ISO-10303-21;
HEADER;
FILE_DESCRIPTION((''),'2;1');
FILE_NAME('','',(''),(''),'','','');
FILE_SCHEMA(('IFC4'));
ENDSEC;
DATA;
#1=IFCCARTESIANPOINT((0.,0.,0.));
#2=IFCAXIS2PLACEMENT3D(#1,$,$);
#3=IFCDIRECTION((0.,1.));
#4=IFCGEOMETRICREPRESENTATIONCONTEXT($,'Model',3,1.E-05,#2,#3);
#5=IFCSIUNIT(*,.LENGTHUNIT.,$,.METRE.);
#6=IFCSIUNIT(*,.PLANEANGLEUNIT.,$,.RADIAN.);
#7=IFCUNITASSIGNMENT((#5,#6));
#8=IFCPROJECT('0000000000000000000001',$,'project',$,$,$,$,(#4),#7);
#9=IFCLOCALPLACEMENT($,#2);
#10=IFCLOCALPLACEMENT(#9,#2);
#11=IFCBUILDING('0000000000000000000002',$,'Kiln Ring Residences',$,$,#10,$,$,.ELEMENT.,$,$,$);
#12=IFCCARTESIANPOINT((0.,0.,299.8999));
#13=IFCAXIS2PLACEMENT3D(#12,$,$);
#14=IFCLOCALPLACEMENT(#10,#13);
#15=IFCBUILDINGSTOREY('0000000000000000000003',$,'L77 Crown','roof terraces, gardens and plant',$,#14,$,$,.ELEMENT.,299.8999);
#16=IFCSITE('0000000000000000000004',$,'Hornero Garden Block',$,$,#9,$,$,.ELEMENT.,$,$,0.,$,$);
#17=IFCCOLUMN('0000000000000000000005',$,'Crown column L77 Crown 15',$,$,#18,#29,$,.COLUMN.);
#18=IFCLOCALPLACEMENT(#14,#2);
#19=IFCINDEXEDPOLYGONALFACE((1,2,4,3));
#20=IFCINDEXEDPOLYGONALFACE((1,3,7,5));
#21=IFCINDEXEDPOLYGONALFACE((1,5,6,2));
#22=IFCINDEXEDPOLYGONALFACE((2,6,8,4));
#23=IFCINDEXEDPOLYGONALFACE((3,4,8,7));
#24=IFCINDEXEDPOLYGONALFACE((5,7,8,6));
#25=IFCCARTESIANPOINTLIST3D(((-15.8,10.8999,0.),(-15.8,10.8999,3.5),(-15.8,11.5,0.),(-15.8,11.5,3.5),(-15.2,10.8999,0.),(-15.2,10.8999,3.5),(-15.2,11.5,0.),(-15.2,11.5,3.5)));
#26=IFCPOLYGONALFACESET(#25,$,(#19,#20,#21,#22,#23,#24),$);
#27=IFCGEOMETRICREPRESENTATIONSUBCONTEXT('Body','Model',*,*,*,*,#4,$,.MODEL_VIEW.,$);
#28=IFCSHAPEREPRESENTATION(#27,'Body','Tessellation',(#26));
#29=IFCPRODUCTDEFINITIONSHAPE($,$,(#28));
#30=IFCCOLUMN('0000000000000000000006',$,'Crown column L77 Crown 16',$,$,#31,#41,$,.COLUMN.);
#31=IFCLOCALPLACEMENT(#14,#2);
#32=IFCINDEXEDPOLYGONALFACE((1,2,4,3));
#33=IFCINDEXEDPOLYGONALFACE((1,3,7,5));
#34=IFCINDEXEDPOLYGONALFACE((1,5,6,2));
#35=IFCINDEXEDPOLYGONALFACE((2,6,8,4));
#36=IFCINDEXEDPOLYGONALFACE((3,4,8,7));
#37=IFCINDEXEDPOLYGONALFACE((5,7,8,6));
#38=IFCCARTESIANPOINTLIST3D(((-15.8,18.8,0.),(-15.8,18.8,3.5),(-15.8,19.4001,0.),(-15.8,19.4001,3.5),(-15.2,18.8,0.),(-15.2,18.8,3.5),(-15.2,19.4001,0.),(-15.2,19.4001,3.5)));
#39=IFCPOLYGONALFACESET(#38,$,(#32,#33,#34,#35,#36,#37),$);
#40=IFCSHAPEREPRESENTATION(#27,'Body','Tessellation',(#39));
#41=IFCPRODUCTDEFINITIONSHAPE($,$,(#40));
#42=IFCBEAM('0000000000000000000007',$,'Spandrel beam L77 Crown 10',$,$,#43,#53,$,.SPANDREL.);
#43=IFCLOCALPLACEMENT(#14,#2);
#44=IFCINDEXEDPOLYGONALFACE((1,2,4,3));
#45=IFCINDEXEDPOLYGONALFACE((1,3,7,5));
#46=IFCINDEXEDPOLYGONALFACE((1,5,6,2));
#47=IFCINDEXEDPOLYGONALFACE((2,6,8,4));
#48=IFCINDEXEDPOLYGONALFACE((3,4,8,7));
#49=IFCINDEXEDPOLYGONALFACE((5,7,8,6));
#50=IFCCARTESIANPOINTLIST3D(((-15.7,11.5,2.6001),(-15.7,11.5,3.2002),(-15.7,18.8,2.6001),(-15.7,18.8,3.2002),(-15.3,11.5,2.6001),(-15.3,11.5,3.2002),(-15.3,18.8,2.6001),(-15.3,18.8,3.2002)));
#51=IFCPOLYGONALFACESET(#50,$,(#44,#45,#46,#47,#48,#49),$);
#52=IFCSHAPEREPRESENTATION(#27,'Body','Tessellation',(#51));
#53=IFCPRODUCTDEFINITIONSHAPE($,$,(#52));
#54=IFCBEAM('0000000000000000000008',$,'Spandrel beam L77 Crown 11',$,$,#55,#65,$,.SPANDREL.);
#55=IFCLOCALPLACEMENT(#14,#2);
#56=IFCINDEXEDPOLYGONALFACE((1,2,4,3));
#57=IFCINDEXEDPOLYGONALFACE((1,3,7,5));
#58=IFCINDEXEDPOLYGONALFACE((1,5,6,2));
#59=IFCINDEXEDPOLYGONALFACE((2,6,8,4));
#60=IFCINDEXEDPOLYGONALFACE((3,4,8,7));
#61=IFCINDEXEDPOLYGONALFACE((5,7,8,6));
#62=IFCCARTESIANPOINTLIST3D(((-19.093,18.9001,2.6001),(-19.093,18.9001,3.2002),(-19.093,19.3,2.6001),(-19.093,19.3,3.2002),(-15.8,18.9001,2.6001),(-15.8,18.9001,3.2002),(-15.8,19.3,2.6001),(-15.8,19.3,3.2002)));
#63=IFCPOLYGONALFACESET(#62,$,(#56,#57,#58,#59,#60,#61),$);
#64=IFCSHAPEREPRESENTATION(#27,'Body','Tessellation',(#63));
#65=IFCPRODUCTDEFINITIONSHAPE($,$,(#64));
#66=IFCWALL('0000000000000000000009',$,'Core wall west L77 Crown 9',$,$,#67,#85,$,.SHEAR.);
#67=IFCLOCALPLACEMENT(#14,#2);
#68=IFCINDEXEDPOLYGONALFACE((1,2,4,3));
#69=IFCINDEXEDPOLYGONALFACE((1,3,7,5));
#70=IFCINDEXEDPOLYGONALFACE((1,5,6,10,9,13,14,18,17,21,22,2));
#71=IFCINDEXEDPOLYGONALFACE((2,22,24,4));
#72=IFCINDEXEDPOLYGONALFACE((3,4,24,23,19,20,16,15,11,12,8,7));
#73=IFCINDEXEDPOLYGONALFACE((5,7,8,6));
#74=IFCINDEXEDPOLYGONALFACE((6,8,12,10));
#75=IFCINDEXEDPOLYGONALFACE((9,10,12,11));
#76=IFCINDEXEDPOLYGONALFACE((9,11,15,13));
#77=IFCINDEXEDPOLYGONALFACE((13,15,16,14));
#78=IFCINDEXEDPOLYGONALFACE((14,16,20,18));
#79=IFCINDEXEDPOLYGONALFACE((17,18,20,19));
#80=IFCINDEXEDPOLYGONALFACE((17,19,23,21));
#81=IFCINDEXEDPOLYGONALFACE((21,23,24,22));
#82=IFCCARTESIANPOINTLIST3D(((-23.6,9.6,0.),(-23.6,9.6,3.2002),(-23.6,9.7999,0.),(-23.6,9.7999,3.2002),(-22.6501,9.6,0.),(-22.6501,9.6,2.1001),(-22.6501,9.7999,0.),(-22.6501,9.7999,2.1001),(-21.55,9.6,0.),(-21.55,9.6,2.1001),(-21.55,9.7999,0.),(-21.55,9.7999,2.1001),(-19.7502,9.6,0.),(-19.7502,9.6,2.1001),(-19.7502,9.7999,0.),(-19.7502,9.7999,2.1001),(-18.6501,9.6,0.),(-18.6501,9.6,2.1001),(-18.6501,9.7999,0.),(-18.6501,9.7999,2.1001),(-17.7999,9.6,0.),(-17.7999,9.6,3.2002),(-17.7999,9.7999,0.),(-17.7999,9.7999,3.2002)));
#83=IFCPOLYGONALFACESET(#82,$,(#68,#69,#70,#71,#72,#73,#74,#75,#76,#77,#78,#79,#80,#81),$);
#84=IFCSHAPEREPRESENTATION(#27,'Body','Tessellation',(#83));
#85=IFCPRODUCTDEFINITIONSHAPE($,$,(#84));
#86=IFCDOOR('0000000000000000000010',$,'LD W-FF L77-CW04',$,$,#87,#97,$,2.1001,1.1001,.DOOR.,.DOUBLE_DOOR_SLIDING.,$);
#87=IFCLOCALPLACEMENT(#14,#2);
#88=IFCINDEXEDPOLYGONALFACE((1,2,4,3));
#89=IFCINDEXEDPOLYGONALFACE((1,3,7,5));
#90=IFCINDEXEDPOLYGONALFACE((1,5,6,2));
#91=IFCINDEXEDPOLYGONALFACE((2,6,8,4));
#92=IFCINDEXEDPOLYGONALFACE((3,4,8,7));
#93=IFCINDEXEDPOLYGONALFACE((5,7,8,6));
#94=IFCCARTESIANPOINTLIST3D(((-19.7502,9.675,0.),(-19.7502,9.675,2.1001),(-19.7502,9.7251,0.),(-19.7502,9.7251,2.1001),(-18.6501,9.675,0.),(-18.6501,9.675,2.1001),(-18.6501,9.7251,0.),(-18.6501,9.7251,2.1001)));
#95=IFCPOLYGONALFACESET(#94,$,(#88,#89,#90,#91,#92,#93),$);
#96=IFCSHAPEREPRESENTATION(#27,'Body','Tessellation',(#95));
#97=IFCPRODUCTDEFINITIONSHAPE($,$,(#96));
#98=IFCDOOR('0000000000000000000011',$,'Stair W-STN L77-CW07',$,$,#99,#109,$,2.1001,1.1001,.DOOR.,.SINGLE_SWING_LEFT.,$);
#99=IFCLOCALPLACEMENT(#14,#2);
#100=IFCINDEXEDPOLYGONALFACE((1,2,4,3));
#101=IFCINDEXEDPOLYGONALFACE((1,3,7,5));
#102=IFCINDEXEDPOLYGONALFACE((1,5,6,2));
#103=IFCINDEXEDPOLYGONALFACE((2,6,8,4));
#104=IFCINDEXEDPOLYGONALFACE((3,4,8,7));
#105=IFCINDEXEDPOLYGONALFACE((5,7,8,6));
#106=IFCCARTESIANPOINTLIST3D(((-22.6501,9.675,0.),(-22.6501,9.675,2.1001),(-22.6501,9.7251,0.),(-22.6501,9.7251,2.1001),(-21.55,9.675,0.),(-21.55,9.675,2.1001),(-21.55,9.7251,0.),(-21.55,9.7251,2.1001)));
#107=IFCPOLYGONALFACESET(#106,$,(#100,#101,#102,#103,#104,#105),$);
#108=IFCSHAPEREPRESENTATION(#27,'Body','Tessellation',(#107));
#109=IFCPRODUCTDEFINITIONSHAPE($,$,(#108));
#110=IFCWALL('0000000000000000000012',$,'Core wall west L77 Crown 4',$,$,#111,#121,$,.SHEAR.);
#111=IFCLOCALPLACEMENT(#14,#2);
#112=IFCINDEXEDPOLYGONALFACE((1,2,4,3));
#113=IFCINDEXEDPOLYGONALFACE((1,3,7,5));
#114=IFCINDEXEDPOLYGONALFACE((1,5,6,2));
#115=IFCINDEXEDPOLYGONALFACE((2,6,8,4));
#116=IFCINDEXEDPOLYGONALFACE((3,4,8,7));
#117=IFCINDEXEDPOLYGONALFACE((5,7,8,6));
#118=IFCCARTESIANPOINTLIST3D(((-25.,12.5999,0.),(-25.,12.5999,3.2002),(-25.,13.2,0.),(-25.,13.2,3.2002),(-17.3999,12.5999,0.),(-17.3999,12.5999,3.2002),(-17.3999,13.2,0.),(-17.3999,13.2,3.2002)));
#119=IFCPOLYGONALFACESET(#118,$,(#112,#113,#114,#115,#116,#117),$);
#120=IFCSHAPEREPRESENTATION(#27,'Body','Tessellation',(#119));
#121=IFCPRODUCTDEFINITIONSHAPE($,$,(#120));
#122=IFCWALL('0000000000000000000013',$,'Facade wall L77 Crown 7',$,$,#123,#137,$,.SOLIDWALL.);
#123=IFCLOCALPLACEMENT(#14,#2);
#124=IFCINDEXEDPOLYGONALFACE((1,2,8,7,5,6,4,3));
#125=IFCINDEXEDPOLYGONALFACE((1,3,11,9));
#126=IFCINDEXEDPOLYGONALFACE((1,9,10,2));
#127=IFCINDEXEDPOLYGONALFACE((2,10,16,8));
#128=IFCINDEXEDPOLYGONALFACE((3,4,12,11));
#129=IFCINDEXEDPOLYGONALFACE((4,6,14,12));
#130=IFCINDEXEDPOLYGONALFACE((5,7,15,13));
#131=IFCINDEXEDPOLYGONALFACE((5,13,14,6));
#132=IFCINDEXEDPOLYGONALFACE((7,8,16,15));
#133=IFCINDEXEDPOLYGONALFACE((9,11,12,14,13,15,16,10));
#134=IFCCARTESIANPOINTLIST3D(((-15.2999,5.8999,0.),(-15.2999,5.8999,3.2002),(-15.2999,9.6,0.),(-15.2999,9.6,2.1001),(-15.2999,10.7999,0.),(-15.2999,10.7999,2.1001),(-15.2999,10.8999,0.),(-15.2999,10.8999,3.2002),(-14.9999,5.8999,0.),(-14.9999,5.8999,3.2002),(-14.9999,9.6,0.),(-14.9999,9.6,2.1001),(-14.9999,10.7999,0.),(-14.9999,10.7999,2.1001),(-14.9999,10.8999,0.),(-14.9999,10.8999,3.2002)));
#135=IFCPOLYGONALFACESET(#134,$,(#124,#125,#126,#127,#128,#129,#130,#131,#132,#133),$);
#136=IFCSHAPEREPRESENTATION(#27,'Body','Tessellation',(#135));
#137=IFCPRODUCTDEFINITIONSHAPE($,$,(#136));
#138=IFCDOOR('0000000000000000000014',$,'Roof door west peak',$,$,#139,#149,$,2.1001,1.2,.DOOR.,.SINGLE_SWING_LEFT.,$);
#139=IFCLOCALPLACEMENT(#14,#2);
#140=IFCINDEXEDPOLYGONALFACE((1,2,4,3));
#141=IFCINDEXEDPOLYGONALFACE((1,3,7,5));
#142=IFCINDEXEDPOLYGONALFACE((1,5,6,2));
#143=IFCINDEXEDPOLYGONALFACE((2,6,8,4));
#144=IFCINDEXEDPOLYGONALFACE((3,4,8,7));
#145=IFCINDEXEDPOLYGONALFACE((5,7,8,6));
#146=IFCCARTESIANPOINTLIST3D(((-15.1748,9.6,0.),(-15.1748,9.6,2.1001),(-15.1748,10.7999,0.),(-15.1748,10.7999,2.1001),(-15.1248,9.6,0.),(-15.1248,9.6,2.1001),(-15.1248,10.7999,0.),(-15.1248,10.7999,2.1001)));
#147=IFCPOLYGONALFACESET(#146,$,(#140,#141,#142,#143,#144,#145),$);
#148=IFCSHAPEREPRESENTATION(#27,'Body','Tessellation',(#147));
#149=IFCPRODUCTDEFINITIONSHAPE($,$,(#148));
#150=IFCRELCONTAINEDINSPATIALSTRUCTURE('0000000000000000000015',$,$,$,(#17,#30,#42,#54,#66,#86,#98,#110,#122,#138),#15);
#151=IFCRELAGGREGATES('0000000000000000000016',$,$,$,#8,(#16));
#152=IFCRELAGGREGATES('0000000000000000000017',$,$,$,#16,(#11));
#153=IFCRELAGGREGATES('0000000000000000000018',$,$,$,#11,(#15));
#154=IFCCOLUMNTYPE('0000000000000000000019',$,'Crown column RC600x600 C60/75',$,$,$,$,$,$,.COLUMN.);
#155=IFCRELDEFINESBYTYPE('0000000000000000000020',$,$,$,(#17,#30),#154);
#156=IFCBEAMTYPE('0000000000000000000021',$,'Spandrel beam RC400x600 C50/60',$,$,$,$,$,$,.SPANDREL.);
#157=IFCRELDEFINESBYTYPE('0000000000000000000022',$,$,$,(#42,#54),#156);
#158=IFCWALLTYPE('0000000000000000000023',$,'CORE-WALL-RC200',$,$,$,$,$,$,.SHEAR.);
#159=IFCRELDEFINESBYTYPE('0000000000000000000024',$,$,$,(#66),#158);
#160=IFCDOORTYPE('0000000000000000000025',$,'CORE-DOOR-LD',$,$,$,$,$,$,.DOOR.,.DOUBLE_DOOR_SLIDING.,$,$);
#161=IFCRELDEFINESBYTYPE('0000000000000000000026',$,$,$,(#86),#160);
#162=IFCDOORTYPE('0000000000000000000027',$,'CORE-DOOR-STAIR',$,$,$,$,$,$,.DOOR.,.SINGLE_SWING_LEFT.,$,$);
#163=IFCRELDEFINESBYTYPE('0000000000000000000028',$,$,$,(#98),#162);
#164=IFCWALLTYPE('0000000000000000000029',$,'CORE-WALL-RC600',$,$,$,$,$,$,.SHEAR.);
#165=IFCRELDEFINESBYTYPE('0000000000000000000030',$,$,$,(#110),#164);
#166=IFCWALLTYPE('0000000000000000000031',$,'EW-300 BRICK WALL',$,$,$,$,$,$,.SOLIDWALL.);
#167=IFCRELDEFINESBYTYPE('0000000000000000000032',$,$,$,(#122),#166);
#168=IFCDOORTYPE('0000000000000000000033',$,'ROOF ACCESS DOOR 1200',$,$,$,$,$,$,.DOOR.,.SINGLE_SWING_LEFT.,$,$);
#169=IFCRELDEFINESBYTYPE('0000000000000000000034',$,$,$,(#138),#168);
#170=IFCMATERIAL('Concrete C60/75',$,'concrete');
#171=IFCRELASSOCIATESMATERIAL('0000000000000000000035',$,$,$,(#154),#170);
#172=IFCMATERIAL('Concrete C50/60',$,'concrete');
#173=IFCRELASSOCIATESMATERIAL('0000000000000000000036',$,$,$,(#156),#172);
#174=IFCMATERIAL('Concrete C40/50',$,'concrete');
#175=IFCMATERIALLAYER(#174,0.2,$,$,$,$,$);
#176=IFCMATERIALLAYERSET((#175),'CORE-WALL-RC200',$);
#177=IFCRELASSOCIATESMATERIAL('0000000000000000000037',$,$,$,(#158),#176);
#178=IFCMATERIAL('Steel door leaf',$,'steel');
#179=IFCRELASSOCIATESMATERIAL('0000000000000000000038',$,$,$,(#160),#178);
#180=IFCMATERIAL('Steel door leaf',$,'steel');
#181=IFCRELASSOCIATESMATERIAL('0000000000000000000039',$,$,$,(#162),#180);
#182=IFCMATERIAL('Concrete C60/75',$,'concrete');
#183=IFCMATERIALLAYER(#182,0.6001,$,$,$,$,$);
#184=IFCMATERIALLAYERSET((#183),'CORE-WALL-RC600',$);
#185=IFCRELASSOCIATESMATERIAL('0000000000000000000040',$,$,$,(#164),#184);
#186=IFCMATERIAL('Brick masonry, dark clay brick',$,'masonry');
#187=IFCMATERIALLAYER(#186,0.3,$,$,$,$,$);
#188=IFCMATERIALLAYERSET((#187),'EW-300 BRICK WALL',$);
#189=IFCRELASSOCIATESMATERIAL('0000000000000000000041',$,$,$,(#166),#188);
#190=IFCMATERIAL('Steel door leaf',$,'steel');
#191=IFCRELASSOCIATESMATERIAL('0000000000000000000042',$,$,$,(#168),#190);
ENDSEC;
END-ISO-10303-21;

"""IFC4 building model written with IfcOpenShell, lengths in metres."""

from ifc_helpers import new_model, si_unit, direction, frame, frame_2d, origin, origin_2d, place, context, subcontext, project, spatial, rectangle, extrude, material, layer, layer_set, material_profile, profile_set, type_object, element, fill, save


model = new_model("IFC4")

# Units and contexts
model_context = context("Model", 3, precision=1e-05, world=origin(), true_north=direction((0.0, 1.0)))
body_context = subcontext(model_context, "Body", "Model", "MODEL_VIEW")
ifc_project = project(units=[si_unit("LENGTHUNIT", "METRE"), si_unit("PLANEANGLEUNIT", "RADIAN")], contexts=[model_context])

# Site, building, storey
site_placement = place(None, origin())
site = spatial("IfcSite", under=ifc_project, at=site_placement, Name="Hornero Garden Block", CompositionType="ELEMENT", RefElevation=0.0)
building_placement = place(site_placement, origin())
building = spatial("IfcBuilding", under=site, at=building_placement, Name="Kiln Ring Residences", CompositionType="ELEMENT")
storey_placement = place(building_placement, frame((0.0, 0.0, 299.8999)))
storey = spatial("IfcBuildingStorey", under=building, at=storey_placement, Name="L77 Crown", Description="roof terraces, gardens and plant", CompositionType="ELEMENT", Elevation=299.8999)

# Columns
ifc_material_1 = material(Name="Concrete C60/75", Category="concrete")
ifc_material_profile_1 = material_profile(ifc_material_1, rectangle(XDim=0.6001, YDim=0.6001, at=origin_2d()), Name="RC600x600")
ifc_profile_set_1 = profile_set([ifc_material_profile_1], Name="Concrete C60/75")
column_type = type_object("IfcColumnType", Name="Crown column RC600x600 C60/75", PredefinedType="COLUMN", material=ifc_profile_set_1)
for number, where, z_axis, x_axis, name in (
    (1, (-15.5, 11.2, 0.0), (0.0, 0.0, 1.0), (1.0, 0.0, 0.0), "Crown column L77 Crown 15"),
    (2, (-15.5, 19.1001, 0.0), (0.0, 0.0, 1.0), (1.0, 0.0, 0.0), "Crown column L77 Crown 16"),
):
    element("IfcColumn", number, at=place(storey_placement, frame(where, z_axis=z_axis, x_axis=x_axis)), inside=storey, type_object=column_type, Name=name, PredefinedType="COLUMN", context=body_context, shape_type="SweptSolid", body=[
        extrude(rectangle(XDim=0.6001, YDim=0.6001, at=origin_2d()), origin(), (0.0, 0.0, 1.0), 3.5),
    ])

# Beams
ifc_material_2 = material(Name="Concrete C50/60", Category="concrete")
ifc_material_profile_2 = material_profile(ifc_material_2, rectangle(XDim=0.3999, YDim=0.6001, at=origin_2d()), Name="RC400x600")
ifc_profile_set_2 = profile_set([ifc_material_profile_2], Name="Concrete C50/60")
beam_type = type_object("IfcBeamType", Name="Spandrel beam RC400x600 C50/60", PredefinedType="SPANDREL", material=ifc_profile_set_2)
beam_1_placement = place(storey_placement, frame((-15.5, 11.5, 2.9001), z_axis=(0.0, 1.0, 0.0), x_axis=(-1.0, 0.0, 0.0)))
element("IfcBeam", 3, at=beam_1_placement, inside=storey, type_object=beam_type, Name="Spandrel beam L77 Crown 10", PredefinedType="SPANDREL", context=body_context, shape_type="SweptSolid", body=[
    extrude(rectangle(XDim=0.3999, YDim=0.6001, at=origin_2d()), origin(), (0.0, 0.0, 1.0), 7.3),
])
beam_2_placement = place(storey_placement, frame((-15.8, 19.1001, 2.9001), z_axis=(-1.0, 0.0, 0.0), x_axis=(0.0, -1.0, 0.0)))
element("IfcBeam", 4, at=beam_2_placement, inside=storey, type_object=beam_type, Name="Spandrel beam L77 Crown 11", PredefinedType="SPANDREL", context=body_context, shape_type="SweptSolid", body=[
    extrude(rectangle(XDim=0.3999, YDim=0.6001, at=origin_2d()), origin(), (0.0, 0.0, 1.0), 3.293),
])

# Wall, openings, doors
ifc_material_3 = material(Name="Concrete C40/50", Category="concrete")
ifc_layer_1 = layer(ifc_material_3, 0.2)
ifc_layer_set_1 = layer_set([ifc_layer_1], Name="CORE-WALL-RC200")
wall_type_1 = type_object("IfcWallType", Name="CORE-WALL-RC200", PredefinedType="SHEAR", material=ifc_layer_set_1)
wall_1_placement = place(storey_placement, frame((-17.8, 9.7, 0.0), z_axis=(0.0, 0.0, 1.0), x_axis=(-1.0, 0.0, 0.0)))
wall_1 = element("IfcWall", 5, at=wall_1_placement, inside=storey, type_object=wall_type_1, Name="Core wall west L77 Crown 9", PredefinedType="SHEAR", context=body_context, shape_type="SweptSolid", body=[
    extrude(rectangle(XDim=5.8, YDim=0.2, at=frame_2d((2.8999, 0.0))), origin(), (0.0, 0.0, 1.0), 3.2002),
])
opening_1_placement = place(wall_1_placement, frame((0.8501, 0.0, 0.0)))
opening_1 = element("IfcOpeningElement", 6, at=opening_1_placement, cuts=wall_1, PredefinedType="OPENING", context=body_context, shape_type="SweptSolid", body=[
    extrude(rectangle(XDim=1.1001, YDim=2.1001, at=frame_2d((0.55, 1.05))), frame((0.0, 0.1099, 0.0), z_axis=(0.0, -1.0, 0.0), x_axis=(1.0, 0.0, 0.0)), (0.0, 0.0, 1.0), 0.22),
])
opening_2_placement = place(wall_1_placement, frame((3.75, 0.0, 0.0)))
opening_2 = element("IfcOpeningElement", 7, at=opening_2_placement, cuts=wall_1, PredefinedType="OPENING", context=body_context, shape_type="SweptSolid", body=[
    extrude(rectangle(XDim=1.1001, YDim=2.1001, at=frame_2d((0.55, 1.05))), frame((0.0, 0.1099, 0.0), z_axis=(0.0, -1.0, 0.0), x_axis=(1.0, 0.0, 0.0)), (0.0, 0.0, 1.0), 0.22),
])
ifc_material_4 = material(Name="Steel door leaf", Category="steel")
door_type_1 = type_object("IfcDoorType", Name="CORE-DOOR-LD", OperationType="DOUBLE_DOOR_SLIDING", PredefinedType="DOOR", material=ifc_material_4)
door_1_placement = place(opening_1_placement, origin())
door_1 = element("IfcDoor", 8, at=door_1_placement, inside=storey, type_object=door_type_1, Name="LD W-FF L77-CW04", OperationType="DOUBLE_DOOR_SLIDING", OverallHeight=2.1001, OverallWidth=1.1001, PredefinedType="DOOR", context=body_context, shape_type="SweptSolid", body=[
    extrude(rectangle(XDim=1.1001, YDim=2.1001, at=frame_2d((0.55, 1.05))), frame((0.0, 0.0249, 0.0), z_axis=(0.0, -1.0, 0.0), x_axis=(1.0, 0.0, 0.0)), (0.0, 0.0, 1.0), 0.05),
])
fill(opening_1, door_1)
ifc_material_5 = material(Name="Steel door leaf", Category="steel")
door_type_2 = type_object("IfcDoorType", Name="CORE-DOOR-STAIR", OperationType="SINGLE_SWING_LEFT", PredefinedType="DOOR", material=ifc_material_5)
door_2_placement = place(opening_2_placement, origin())
door_2 = element("IfcDoor", 9, at=door_2_placement, inside=storey, type_object=door_type_2, Name="Stair W-STN L77-CW07", OperationType="SINGLE_SWING_LEFT", OverallHeight=2.1001, OverallWidth=1.1001, PredefinedType="DOOR", context=body_context, shape_type="SweptSolid", body=[
    extrude(rectangle(XDim=1.1001, YDim=2.1001, at=frame_2d((0.55, 1.05))), frame((0.0, 0.0249, 0.0), z_axis=(0.0, -1.0, 0.0), x_axis=(1.0, 0.0, 0.0)), (0.0, 0.0, 1.0), 0.05),
])
fill(opening_2, door_2)

# Wall
ifc_material_6 = material(Name="Concrete C60/75", Category="concrete")
ifc_layer_2 = layer(ifc_material_6, 0.6001)
ifc_layer_set_2 = layer_set([ifc_layer_2], Name="CORE-WALL-RC600")
wall_type_2 = type_object("IfcWallType", Name="CORE-WALL-RC600", PredefinedType="SHEAR", material=ifc_layer_set_2)
wall_2_placement = place(storey_placement, frame((-17.3999, 12.8999, 0.0), z_axis=(0.0, 0.0, 1.0), x_axis=(-1.0, 0.0, 0.0)))
element("IfcWall", 10, at=wall_2_placement, inside=storey, type_object=wall_type_2, Name="Core wall west L77 Crown 4", PredefinedType="SHEAR", context=body_context, shape_type="SweptSolid", body=[
    extrude(rectangle(XDim=7.6001, YDim=0.6001, at=frame_2d((3.8, 0.0))), origin(), (0.0, 0.0, 1.0), 3.2002),
])

# Wall, opening, door
ifc_material_7 = material(Name="Brick masonry, dark clay brick", Category="masonry")
ifc_layer_3 = layer(ifc_material_7, 0.3)
ifc_layer_set_3 = layer_set([ifc_layer_3], Name="EW-300 BRICK WALL")
wall_type_3 = type_object("IfcWallType", Name="EW-300 BRICK WALL", PredefinedType="SOLIDWALL", material=ifc_layer_set_3)
wall_3_placement = place(storey_placement, frame((-15.1499, 5.8999, 0.0), z_axis=(0.0, 0.0, 1.0), x_axis=(0.0, 1.0, 0.0)))
wall_3 = element("IfcWall", 11, at=wall_3_placement, inside=storey, type_object=wall_type_3, Name="Facade wall L77 Crown 7", PredefinedType="SOLIDWALL", context=body_context, shape_type="SweptSolid", body=[
    extrude(rectangle(XDim=5.0, YDim=0.3, at=frame_2d((2.5, 0.0))), origin(), (0.0, 0.0, 1.0), 3.2002),
])
opening_3_placement = place(wall_3_placement, frame((3.7, 0.0, 0.0)))
opening_3 = element("IfcOpeningElement", 12, at=opening_3_placement, cuts=wall_3, PredefinedType="OPENING", context=body_context, shape_type="SweptSolid", body=[
    extrude(rectangle(XDim=1.2, YDim=2.1001, at=frame_2d((0.6001, 1.05))), frame((0.0, 0.1599, 0.0), z_axis=(0.0, -1.0, 0.0), x_axis=(1.0, 0.0, 0.0)), (0.0, 0.0, 1.0), 0.3201),
])
ifc_material_8 = material(Name="Steel door leaf", Category="steel")
door_type_3 = type_object("IfcDoorType", Name="ROOF ACCESS DOOR 1200", OperationType="SINGLE_SWING_LEFT", PredefinedType="DOOR", material=ifc_material_8)
door_3_placement = place(opening_3_placement, origin())
door_3 = element("IfcDoor", 13, at=door_3_placement, inside=storey, type_object=door_type_3, Name="Roof door west peak", OperationType="SINGLE_SWING_LEFT", OverallHeight=2.1001, OverallWidth=1.2, PredefinedType="DOOR", context=body_context, shape_type="SweptSolid", body=[
    extrude(rectangle(XDim=1.2, YDim=2.1001, at=frame_2d((0.6001, 1.05))), frame((0.0, 0.0249, 0.0), z_axis=(0.0, -1.0, 0.0), x_axis=(1.0, 0.0, 0.0)), (0.0, 0.0, 1.0), 0.05),
])
fill(opening_3, door_3)

save(model, "model.ifc")
